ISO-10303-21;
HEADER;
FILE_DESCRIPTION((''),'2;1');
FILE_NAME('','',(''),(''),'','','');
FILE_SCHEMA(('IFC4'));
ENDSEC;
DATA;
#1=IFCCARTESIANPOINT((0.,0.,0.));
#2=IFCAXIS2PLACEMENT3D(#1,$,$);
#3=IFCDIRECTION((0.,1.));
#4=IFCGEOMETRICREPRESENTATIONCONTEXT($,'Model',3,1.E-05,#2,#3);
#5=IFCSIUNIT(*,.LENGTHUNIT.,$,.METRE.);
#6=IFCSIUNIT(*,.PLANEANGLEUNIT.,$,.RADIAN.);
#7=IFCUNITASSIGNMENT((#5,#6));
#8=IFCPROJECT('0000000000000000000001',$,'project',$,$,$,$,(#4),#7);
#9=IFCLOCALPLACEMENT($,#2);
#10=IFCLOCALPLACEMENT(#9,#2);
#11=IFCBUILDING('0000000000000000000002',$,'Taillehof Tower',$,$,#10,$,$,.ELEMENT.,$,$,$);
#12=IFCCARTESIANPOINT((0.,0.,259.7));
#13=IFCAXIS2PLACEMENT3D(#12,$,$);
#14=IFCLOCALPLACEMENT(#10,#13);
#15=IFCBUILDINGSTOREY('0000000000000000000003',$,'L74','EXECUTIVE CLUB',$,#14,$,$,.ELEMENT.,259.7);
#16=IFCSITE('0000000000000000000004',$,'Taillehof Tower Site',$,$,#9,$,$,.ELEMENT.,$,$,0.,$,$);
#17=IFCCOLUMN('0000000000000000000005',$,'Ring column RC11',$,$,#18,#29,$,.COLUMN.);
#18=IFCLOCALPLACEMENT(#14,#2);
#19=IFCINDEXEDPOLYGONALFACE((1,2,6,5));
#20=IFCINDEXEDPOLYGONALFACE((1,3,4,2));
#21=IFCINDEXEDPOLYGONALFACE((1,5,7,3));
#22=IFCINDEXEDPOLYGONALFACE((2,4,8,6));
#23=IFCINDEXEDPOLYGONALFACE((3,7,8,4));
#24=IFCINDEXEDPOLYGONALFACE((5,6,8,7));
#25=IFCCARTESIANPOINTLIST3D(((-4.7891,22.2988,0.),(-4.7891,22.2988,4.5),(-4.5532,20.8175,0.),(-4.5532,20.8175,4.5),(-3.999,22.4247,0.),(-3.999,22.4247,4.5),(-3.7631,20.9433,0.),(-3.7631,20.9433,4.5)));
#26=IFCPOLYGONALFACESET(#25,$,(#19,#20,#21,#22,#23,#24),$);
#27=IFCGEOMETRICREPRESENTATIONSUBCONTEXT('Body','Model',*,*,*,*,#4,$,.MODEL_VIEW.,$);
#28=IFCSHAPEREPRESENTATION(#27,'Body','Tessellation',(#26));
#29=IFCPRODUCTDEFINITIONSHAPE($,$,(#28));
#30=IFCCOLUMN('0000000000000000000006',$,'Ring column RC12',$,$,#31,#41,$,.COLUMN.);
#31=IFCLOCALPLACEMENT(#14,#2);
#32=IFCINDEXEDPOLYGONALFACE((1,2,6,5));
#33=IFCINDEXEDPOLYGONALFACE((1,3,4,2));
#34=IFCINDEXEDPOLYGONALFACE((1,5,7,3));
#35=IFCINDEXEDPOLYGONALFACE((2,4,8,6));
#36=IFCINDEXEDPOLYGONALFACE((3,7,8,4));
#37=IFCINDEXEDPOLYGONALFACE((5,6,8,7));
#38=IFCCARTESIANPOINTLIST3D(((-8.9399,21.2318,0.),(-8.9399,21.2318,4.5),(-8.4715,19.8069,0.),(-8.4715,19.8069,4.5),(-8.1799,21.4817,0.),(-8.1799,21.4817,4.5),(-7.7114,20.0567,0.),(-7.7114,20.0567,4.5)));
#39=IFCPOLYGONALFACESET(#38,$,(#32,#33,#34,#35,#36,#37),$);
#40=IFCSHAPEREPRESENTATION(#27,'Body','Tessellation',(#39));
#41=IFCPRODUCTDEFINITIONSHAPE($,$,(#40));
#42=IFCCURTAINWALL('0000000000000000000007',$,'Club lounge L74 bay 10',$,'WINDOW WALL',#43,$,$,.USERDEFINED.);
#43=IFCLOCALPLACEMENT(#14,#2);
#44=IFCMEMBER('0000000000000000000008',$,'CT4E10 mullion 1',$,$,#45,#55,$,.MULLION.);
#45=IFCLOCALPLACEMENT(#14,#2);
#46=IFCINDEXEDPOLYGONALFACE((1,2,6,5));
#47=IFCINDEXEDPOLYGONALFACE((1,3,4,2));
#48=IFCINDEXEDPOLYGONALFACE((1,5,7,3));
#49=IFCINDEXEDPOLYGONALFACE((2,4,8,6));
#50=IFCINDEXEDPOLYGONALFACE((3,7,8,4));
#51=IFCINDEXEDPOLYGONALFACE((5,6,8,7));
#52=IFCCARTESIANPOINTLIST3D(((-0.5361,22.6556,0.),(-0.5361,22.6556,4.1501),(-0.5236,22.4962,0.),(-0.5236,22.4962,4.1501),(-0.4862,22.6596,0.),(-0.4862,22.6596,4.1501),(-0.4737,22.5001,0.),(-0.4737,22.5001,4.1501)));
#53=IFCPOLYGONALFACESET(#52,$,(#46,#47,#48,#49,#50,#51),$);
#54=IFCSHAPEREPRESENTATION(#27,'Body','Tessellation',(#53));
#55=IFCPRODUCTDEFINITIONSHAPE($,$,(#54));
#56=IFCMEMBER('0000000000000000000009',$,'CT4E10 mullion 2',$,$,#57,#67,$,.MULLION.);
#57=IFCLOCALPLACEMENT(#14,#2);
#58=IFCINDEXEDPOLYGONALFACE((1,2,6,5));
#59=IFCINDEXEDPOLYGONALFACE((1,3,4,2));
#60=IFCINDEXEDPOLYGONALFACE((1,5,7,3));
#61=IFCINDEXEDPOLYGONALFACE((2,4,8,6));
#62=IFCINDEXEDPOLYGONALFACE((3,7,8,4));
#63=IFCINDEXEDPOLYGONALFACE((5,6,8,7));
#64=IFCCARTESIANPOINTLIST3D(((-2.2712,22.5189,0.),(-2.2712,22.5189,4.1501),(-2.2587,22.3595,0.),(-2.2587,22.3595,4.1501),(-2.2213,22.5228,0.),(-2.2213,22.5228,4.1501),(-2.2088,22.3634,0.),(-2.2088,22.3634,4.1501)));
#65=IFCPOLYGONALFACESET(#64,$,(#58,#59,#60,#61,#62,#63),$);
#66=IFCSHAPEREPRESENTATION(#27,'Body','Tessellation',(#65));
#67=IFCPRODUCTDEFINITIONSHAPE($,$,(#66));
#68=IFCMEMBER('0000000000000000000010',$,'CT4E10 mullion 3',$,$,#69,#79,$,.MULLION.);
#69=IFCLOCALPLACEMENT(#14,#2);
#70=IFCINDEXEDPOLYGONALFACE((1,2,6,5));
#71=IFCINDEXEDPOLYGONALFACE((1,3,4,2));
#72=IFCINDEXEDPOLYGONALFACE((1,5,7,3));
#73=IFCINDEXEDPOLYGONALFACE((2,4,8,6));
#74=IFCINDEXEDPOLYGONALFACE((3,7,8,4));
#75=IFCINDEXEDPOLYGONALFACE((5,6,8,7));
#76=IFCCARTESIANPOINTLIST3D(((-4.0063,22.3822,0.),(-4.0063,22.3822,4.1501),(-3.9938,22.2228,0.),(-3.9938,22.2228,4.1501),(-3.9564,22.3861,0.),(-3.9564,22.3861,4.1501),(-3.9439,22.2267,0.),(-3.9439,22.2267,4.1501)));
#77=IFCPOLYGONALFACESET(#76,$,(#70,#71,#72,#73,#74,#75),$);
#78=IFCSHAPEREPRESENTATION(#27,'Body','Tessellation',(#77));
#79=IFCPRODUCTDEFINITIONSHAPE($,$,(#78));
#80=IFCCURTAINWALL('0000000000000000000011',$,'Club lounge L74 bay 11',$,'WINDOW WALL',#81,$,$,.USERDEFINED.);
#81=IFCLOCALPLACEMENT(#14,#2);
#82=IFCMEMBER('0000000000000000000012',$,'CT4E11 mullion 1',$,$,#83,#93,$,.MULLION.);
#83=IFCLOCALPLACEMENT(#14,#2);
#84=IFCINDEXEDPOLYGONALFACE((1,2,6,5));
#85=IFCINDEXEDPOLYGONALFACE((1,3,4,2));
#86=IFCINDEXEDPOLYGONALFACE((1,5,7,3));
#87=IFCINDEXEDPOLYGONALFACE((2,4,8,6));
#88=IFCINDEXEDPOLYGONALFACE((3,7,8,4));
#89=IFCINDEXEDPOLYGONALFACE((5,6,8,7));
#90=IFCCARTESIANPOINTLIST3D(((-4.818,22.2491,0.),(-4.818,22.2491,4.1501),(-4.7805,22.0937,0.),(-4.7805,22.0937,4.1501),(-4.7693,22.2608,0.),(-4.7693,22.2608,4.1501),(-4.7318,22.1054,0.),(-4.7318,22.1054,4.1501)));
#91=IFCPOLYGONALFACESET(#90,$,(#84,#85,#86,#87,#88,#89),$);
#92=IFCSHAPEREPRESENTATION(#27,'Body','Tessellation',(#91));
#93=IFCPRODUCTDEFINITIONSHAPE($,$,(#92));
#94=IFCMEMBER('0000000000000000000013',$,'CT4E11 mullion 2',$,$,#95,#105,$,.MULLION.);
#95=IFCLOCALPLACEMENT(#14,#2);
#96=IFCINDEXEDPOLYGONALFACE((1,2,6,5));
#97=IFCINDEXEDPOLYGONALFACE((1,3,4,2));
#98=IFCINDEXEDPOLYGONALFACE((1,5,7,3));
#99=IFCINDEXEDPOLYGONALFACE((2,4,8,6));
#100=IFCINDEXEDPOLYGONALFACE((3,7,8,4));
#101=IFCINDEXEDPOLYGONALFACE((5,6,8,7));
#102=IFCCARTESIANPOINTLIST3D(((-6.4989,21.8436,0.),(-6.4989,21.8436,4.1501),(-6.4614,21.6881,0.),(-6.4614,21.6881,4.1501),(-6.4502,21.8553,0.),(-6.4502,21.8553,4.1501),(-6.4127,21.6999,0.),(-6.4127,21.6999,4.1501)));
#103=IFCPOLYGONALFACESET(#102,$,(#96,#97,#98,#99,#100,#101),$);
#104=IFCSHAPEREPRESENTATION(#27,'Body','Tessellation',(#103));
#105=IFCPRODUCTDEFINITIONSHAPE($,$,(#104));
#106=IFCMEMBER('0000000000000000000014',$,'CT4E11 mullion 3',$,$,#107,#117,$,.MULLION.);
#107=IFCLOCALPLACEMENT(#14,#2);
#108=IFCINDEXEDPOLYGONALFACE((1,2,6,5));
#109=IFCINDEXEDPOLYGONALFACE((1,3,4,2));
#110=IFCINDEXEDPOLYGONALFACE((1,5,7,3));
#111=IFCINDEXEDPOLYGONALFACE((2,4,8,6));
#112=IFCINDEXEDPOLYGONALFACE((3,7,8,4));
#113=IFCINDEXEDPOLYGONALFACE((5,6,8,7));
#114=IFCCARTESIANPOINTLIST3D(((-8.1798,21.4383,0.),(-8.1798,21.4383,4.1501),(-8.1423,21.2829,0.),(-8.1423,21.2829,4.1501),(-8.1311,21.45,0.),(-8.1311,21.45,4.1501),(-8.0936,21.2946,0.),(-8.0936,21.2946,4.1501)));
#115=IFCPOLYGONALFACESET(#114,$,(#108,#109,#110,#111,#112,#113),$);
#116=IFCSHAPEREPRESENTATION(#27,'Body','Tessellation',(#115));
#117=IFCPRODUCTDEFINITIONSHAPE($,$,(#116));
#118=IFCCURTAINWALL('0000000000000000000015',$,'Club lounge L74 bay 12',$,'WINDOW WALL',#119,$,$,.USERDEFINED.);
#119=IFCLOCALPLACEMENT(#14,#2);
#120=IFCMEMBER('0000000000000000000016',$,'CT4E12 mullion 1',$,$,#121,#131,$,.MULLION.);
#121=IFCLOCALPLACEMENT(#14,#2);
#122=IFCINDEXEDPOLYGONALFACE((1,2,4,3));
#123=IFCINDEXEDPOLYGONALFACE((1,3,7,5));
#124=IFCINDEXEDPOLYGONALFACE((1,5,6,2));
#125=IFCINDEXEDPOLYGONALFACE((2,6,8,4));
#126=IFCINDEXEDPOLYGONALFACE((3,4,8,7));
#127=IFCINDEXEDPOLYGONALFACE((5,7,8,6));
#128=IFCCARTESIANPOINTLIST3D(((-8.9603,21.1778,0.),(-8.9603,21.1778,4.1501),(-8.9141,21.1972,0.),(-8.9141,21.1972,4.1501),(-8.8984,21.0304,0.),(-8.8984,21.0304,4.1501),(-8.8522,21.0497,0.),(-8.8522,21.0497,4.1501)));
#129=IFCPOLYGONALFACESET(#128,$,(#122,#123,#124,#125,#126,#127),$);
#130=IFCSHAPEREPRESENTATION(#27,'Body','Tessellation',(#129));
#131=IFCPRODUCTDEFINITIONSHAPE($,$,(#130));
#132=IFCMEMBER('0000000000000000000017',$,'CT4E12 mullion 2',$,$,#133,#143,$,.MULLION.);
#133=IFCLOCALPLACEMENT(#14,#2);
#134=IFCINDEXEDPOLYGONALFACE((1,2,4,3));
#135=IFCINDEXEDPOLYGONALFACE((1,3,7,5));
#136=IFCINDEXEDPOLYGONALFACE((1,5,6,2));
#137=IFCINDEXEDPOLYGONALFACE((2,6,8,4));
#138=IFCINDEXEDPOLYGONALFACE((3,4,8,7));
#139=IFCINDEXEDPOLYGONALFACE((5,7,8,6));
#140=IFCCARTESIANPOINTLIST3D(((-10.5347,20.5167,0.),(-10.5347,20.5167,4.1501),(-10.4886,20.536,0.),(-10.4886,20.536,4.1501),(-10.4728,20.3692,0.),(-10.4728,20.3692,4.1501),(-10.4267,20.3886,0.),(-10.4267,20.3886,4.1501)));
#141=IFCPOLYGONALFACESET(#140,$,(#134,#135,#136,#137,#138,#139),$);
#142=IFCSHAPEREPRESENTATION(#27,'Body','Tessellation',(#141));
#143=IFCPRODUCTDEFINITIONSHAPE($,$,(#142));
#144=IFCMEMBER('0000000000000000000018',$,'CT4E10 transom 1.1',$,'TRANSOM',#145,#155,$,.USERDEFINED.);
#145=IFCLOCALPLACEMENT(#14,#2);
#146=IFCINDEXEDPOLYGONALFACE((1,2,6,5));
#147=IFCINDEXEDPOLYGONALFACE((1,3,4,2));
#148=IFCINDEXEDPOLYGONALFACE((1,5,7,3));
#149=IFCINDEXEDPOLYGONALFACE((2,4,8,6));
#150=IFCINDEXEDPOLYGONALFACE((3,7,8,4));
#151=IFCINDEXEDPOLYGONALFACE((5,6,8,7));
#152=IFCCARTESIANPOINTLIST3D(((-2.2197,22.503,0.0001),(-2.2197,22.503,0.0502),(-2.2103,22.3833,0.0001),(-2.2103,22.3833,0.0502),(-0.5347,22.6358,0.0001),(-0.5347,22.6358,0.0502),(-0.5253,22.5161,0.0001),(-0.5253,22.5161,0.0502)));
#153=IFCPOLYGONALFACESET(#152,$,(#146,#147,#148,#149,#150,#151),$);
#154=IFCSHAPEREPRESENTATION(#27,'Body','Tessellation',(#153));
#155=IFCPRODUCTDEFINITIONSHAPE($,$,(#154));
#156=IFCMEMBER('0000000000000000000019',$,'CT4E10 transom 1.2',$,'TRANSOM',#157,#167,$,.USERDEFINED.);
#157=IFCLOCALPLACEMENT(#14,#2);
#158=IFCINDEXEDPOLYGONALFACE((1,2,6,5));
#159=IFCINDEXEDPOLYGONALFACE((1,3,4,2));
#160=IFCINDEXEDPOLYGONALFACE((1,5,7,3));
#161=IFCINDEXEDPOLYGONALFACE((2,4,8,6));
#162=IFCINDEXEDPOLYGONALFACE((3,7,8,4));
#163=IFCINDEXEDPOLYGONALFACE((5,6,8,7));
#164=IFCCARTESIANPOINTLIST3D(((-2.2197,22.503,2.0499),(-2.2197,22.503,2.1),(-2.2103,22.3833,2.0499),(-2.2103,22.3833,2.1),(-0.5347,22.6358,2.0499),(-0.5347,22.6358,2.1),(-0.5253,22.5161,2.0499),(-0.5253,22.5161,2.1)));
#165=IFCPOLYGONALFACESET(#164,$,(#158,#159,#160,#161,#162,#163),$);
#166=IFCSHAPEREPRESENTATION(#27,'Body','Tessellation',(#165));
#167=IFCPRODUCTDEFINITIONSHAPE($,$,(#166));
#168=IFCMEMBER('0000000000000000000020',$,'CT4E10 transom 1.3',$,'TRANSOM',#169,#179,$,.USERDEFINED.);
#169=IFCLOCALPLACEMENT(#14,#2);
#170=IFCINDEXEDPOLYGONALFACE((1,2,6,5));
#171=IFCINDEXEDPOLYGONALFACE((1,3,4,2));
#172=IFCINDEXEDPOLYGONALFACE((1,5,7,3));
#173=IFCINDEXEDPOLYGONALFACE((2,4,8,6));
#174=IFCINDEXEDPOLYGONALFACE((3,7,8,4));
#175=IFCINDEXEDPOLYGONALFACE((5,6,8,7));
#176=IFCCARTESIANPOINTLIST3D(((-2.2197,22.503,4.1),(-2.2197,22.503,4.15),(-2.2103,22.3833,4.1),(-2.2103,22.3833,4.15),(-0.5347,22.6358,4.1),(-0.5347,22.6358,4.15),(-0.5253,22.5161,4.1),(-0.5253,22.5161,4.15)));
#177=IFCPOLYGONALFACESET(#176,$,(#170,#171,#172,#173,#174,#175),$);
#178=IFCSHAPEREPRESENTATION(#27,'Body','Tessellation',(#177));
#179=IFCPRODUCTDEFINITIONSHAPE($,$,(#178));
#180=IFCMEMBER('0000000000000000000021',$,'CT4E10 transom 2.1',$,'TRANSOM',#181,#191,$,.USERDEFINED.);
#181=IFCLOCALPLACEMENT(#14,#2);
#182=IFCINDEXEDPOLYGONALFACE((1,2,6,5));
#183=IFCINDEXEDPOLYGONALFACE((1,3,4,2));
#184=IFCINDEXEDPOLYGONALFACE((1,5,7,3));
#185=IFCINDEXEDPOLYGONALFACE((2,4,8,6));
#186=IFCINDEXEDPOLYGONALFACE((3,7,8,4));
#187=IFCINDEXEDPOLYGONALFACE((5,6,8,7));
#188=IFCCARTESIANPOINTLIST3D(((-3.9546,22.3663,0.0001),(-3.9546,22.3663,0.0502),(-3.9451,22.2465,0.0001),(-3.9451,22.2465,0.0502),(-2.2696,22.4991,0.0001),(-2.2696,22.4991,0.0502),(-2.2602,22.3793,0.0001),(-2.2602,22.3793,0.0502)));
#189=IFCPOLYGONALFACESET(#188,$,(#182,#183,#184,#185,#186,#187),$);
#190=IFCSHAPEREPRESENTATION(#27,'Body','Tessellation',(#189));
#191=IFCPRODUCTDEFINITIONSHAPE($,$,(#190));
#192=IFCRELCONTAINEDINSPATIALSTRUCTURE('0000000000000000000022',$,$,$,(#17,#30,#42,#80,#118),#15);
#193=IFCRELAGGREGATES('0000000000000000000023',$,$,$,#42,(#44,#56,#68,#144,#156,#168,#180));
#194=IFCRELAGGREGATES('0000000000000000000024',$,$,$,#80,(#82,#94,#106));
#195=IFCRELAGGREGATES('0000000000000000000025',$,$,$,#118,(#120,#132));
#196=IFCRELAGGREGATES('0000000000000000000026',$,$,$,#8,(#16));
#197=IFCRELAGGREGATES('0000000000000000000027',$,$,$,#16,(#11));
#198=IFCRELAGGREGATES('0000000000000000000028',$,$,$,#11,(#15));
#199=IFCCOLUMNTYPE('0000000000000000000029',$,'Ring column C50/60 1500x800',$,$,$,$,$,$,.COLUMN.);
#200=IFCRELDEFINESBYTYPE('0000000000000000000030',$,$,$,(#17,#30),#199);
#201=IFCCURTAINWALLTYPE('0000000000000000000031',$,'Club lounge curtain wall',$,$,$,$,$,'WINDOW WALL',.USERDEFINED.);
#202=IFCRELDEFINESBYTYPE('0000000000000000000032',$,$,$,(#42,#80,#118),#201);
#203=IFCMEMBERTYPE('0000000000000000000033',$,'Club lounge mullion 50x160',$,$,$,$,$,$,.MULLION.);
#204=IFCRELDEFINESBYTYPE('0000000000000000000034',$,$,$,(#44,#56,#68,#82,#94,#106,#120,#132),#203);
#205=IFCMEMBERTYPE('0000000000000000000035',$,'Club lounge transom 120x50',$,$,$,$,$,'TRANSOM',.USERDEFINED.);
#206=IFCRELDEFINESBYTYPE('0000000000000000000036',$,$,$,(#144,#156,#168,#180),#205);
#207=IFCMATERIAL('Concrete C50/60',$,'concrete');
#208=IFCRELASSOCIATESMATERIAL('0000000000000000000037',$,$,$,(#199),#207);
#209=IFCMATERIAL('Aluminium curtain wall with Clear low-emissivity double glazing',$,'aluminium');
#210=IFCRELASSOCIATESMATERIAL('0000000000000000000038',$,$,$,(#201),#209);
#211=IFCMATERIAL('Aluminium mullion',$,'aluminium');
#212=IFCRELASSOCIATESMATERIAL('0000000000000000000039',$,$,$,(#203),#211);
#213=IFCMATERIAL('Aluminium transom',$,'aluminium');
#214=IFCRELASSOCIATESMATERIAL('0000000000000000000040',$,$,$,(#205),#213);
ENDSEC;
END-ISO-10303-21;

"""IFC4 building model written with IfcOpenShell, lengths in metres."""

from ifc_helpers import new_model, si_unit, direction, frame, origin, origin_2d, place, context, subcontext, project, spatial, rectangle, extrude, material, material_profile, profile_set, type_object, element, aggregate, save


model = new_model("IFC4")

# Units and contexts
model_context = context("Model", 3, precision=1e-05, world=origin(), true_north=direction((0.0, 1.0)))
body_context = subcontext(model_context, "Body", "Model", "MODEL_VIEW")
ifc_project = project(units=[si_unit("LENGTHUNIT", "METRE"), si_unit("PLANEANGLEUNIT", "RADIAN")], contexts=[model_context])

# Site, building, storey
site_placement = place(None, origin())
site = spatial("IfcSite", under=ifc_project, at=site_placement, Name="Taillehof Tower Site", CompositionType="ELEMENT", RefElevation=0.0)
building_placement = place(site_placement, origin())
building = spatial("IfcBuilding", under=site, at=building_placement, Name="Taillehof Tower", CompositionType="ELEMENT")
storey_placement = place(building_placement, frame((0.0, 0.0, 259.7)))
storey = spatial("IfcBuildingStorey", under=building, at=storey_placement, Name="L74", Description="EXECUTIVE CLUB", CompositionType="ELEMENT", Elevation=259.7)

# Columns
ifc_material_1 = material(Name="Concrete C50/60", Category="concrete")
ifc_material_profile_1 = material_profile(ifc_material_1, rectangle(XDim=1.5, YDim=0.8, at=origin_2d()), Name="RC 1500x800")
ifc_profile_set_1 = profile_set([ifc_material_profile_1], Name="Concrete C50/60")
column_type = type_object("IfcColumnType", Name="Ring column C50/60 1500x800", PredefinedType="COLUMN", material=ifc_profile_set_1)
for number, where, z_axis, x_axis, name in (
    (1, (-4.2761, 21.6211, 0.0), (0.0, 0.0, 1.0), (-0.157281, 0.987554, 0.0), "Ring column RC11"),
    (2, (-8.3257, 20.6443, 0.0), (0.0, 0.0, 1.0), (-0.312304, 0.949982, 0.0), "Ring column RC12"),
):
    element("IfcColumn", number, at=place(storey_placement, frame(where, z_axis=z_axis, x_axis=x_axis)), inside=storey, type_object=column_type, Name=name, PredefinedType="COLUMN", context=body_context, shape_type="SweptSolid", body=[
        extrude(rectangle(XDim=1.5, YDim=0.8, at=origin_2d()), origin(), (0.0, 0.0, 1.0), 4.5),
    ])

# Curtain walls, members
ifc_material_2 = material(Name="Aluminium curtain wall with Clear low-emissivity double glazing", Category="aluminium")
curtain_wall_type = type_object("IfcCurtainWallType", Name="Club lounge curtain wall", ElementType="WINDOW WALL", PredefinedType="USERDEFINED", material=ifc_material_2)
curtain_wall_1_placement = place(storey_placement, origin())
curtain_wall_1 = element("IfcCurtainWall", 3, at=curtain_wall_1_placement, inside=storey, type_object=curtain_wall_type, Name="Club lounge L74 bay 10", ObjectType="WINDOW WALL", PredefinedType="USERDEFINED")
ifc_material_3 = material(Name="Aluminium mullion", Category="aluminium")
ifc_material_profile_2 = material_profile(ifc_material_3, rectangle(XDim=0.1599, YDim=0.05, at=origin_2d()), Name="AL 50x160")
ifc_profile_set_2 = profile_set([ifc_material_profile_2], Name="Aluminium mullion")
member_type_1 = type_object("IfcMemberType", Name="Club lounge mullion 50x160", PredefinedType="MULLION", material=ifc_profile_set_2)
member_1_placement = place(storey_placement, frame((-0.5049, 22.5779, 0.0), z_axis=(0.0, 0.0, 1.0), x_axis=(0.078525, -0.996912, 0.0)))
member_1 = element("IfcMember", 4, at=member_1_placement, type_object=member_type_1, Name="CT4E10 mullion 1", PredefinedType="MULLION", context=body_context, shape_type="SweptSolid", body=[
    extrude(rectangle(XDim=0.1599, YDim=0.05, at=origin_2d()), origin(), (0.0, 0.0, 1.0), 4.1501),
])
member_2_placement = place(storey_placement, frame((-2.24, 22.4412, 0.0), z_axis=(0.0, 0.0, 1.0), x_axis=(0.078525, -0.996912, 0.0)))
member_2 = element("IfcMember", 5, at=member_2_placement, type_object=member_type_1, Name="CT4E10 mullion 2", PredefinedType="MULLION", context=body_context, shape_type="SweptSolid", body=[
    extrude(rectangle(XDim=0.1599, YDim=0.05, at=origin_2d()), origin(), (0.0, 0.0, 1.0), 4.1501),
])
member_3_placement = place(storey_placement, frame((-3.9751, 22.3044, 0.0), z_axis=(0.0, 0.0, 1.0), x_axis=(0.078525, -0.996912, 0.0)))
member_3 = element("IfcMember", 6, at=member_3_placement, type_object=member_type_1, Name="CT4E10 mullion 3", PredefinedType="MULLION", context=body_context, shape_type="SweptSolid", body=[
    extrude(rectangle(XDim=0.1599, YDim=0.05, at=origin_2d()), origin(), (0.0, 0.0, 1.0), 4.1501),
])
curtain_wall_2_placement = place(storey_placement, origin())
curtain_wall_2 = element("IfcCurtainWall", 7, at=curtain_wall_2_placement, inside=storey, type_object=curtain_wall_type, Name="Club lounge L74 bay 11", ObjectType="WINDOW WALL", PredefinedType="USERDEFINED")
member_4_placement = place(storey_placement, frame((-4.7749, 22.1772, 0.0), z_axis=(0.0, 0.0, 1.0), x_axis=(0.234515, -0.972113, 0.0)))
member_4 = element("IfcMember", 8, at=member_4_placement, type_object=member_type_1, Name="CT4E11 mullion 1", PredefinedType="MULLION", context=body_context, shape_type="SweptSolid", body=[
    extrude(rectangle(XDim=0.1599, YDim=0.05, at=origin_2d()), origin(), (0.0, 0.0, 1.0), 4.1501),
])
member_5_placement = place(storey_placement, frame((-6.4558, 21.7717, 0.0), z_axis=(0.0, 0.0, 1.0), x_axis=(0.234515, -0.972113, 0.0)))
member_5 = element("IfcMember", 9, at=member_5_placement, type_object=member_type_1, Name="CT4E11 mullion 2", PredefinedType="MULLION", context=body_context, shape_type="SweptSolid", body=[
    extrude(rectangle(XDim=0.1599, YDim=0.05, at=origin_2d()), origin(), (0.0, 0.0, 1.0), 4.1501),
])
member_6_placement = place(storey_placement, frame((-8.1367, 21.3665, 0.0), z_axis=(0.0, 0.0, 1.0), x_axis=(0.234515, -0.972113, 0.0)))
member_6 = element("IfcMember", 10, at=member_6_placement, type_object=member_type_1, Name="CT4E11 mullion 3", PredefinedType="MULLION", context=body_context, shape_type="SweptSolid", body=[
    extrude(rectangle(XDim=0.1599, YDim=0.05, at=origin_2d()), origin(), (0.0, 0.0, 1.0), 4.1501),
])
curtain_wall_3_placement = place(storey_placement, origin())
curtain_wall_3 = element("IfcCurtainWall", 11, at=curtain_wall_3_placement, inside=storey, type_object=curtain_wall_type, Name="Club lounge L74 bay 12", ObjectType="WINDOW WALL", PredefinedType="USERDEFINED")
member_7_placement = place(storey_placement, frame((-8.9062, 21.1138, 0.0), z_axis=(0.0, 0.0, 1.0), x_axis=(0.387101, -0.922037, 0.0)))
member_7 = element("IfcMember", 12, at=member_7_placement, type_object=member_type_1, Name="CT4E12 mullion 1", PredefinedType="MULLION", context=body_context, shape_type="SweptSolid", body=[
    extrude(rectangle(XDim=0.1599, YDim=0.05, at=origin_2d()), origin(), (0.0, 0.0, 1.0), 4.1501),
])
member_8_placement = place(storey_placement, frame((-10.4807, 20.4526, 0.0), z_axis=(0.0, 0.0, 1.0), x_axis=(0.387101, -0.922037, 0.0)))
member_8 = element("IfcMember", 13, at=member_8_placement, type_object=member_type_1, Name="CT4E12 mullion 2", PredefinedType="MULLION", context=body_context, shape_type="SweptSolid", body=[
    extrude(rectangle(XDim=0.1599, YDim=0.05, at=origin_2d()), origin(), (0.0, 0.0, 1.0), 4.1501),
])

# Members
ifc_material_4 = material(Name="Aluminium transom", Category="aluminium")
ifc_material_profile_3 = material_profile(ifc_material_4, rectangle(XDim=0.1201, YDim=0.05, at=origin_2d()), Name="AL 120x50")
ifc_profile_set_3 = profile_set([ifc_material_profile_3], Name="Aluminium transom")
member_type_2 = type_object("IfcMemberType", Name="Club lounge transom 120x50", ElementType="TRANSOM", PredefinedType="USERDEFINED", material=ifc_profile_set_3)
member_9_placement = place(storey_placement, frame((-0.53, 22.5759, 0.0251), z_axis=(-0.996908, -0.078574, 0.0), x_axis=(0.078574, -0.996908, 0.0)))
member_9 = element("IfcMember", 14, at=member_9_placement, type_object=member_type_2, Name="CT4E10 transom 1.1", ObjectType="TRANSOM", PredefinedType="USERDEFINED", context=body_context, shape_type="SweptSolid", body=[
    extrude(rectangle(XDim=0.1201, YDim=0.05, at=origin_2d()), origin(), (0.0, 0.0, 1.0), 1.6902),
])
member_10_placement = place(storey_placement, frame((-0.53, 22.5759, 2.075), z_axis=(-0.996908, -0.078574, 0.0), x_axis=(0.078574, -0.996908, 0.0)))
member_10 = element("IfcMember", 15, at=member_10_placement, type_object=member_type_2, Name="CT4E10 transom 1.2", ObjectType="TRANSOM", PredefinedType="USERDEFINED", context=body_context, shape_type="SweptSolid", body=[
    extrude(rectangle(XDim=0.1201, YDim=0.05, at=origin_2d()), origin(), (0.0, 0.0, 1.0), 1.6902),
])
member_11_placement = place(storey_placement, frame((-0.53, 22.5759, 4.125), z_axis=(-0.996908, -0.078574, 0.0), x_axis=(0.078574, -0.996908, 0.0)))
member_11 = element("IfcMember", 16, at=member_11_placement, type_object=member_type_2, Name="CT4E10 transom 1.3", ObjectType="TRANSOM", PredefinedType="USERDEFINED", context=body_context, shape_type="SweptSolid", body=[
    extrude(rectangle(XDim=0.1201, YDim=0.05, at=origin_2d()), origin(), (0.0, 0.0, 1.0), 1.6902),
])
member_12_placement = place(storey_placement, frame((-2.2649, 22.4392, 0.0251), z_axis=(-0.996908, -0.078574, 0.0), x_axis=(0.078574, -0.996908, 0.0)))
member_12 = element("IfcMember", 17, at=member_12_placement, type_object=member_type_2, Name="CT4E10 transom 2.1", ObjectType="TRANSOM", PredefinedType="USERDEFINED", context=body_context, shape_type="SweptSolid", body=[
    extrude(rectangle(XDim=0.1201, YDim=0.05, at=origin_2d()), origin(), (0.0, 0.0, 1.0), 1.6902),
])

aggregate(curtain_wall_1, [member_1, member_2, member_3, member_9, member_10, member_11, member_12])
aggregate(curtain_wall_2, [member_4, member_5, member_6])
aggregate(curtain_wall_3, [member_7, member_8])

save(model, "model.ifc")
